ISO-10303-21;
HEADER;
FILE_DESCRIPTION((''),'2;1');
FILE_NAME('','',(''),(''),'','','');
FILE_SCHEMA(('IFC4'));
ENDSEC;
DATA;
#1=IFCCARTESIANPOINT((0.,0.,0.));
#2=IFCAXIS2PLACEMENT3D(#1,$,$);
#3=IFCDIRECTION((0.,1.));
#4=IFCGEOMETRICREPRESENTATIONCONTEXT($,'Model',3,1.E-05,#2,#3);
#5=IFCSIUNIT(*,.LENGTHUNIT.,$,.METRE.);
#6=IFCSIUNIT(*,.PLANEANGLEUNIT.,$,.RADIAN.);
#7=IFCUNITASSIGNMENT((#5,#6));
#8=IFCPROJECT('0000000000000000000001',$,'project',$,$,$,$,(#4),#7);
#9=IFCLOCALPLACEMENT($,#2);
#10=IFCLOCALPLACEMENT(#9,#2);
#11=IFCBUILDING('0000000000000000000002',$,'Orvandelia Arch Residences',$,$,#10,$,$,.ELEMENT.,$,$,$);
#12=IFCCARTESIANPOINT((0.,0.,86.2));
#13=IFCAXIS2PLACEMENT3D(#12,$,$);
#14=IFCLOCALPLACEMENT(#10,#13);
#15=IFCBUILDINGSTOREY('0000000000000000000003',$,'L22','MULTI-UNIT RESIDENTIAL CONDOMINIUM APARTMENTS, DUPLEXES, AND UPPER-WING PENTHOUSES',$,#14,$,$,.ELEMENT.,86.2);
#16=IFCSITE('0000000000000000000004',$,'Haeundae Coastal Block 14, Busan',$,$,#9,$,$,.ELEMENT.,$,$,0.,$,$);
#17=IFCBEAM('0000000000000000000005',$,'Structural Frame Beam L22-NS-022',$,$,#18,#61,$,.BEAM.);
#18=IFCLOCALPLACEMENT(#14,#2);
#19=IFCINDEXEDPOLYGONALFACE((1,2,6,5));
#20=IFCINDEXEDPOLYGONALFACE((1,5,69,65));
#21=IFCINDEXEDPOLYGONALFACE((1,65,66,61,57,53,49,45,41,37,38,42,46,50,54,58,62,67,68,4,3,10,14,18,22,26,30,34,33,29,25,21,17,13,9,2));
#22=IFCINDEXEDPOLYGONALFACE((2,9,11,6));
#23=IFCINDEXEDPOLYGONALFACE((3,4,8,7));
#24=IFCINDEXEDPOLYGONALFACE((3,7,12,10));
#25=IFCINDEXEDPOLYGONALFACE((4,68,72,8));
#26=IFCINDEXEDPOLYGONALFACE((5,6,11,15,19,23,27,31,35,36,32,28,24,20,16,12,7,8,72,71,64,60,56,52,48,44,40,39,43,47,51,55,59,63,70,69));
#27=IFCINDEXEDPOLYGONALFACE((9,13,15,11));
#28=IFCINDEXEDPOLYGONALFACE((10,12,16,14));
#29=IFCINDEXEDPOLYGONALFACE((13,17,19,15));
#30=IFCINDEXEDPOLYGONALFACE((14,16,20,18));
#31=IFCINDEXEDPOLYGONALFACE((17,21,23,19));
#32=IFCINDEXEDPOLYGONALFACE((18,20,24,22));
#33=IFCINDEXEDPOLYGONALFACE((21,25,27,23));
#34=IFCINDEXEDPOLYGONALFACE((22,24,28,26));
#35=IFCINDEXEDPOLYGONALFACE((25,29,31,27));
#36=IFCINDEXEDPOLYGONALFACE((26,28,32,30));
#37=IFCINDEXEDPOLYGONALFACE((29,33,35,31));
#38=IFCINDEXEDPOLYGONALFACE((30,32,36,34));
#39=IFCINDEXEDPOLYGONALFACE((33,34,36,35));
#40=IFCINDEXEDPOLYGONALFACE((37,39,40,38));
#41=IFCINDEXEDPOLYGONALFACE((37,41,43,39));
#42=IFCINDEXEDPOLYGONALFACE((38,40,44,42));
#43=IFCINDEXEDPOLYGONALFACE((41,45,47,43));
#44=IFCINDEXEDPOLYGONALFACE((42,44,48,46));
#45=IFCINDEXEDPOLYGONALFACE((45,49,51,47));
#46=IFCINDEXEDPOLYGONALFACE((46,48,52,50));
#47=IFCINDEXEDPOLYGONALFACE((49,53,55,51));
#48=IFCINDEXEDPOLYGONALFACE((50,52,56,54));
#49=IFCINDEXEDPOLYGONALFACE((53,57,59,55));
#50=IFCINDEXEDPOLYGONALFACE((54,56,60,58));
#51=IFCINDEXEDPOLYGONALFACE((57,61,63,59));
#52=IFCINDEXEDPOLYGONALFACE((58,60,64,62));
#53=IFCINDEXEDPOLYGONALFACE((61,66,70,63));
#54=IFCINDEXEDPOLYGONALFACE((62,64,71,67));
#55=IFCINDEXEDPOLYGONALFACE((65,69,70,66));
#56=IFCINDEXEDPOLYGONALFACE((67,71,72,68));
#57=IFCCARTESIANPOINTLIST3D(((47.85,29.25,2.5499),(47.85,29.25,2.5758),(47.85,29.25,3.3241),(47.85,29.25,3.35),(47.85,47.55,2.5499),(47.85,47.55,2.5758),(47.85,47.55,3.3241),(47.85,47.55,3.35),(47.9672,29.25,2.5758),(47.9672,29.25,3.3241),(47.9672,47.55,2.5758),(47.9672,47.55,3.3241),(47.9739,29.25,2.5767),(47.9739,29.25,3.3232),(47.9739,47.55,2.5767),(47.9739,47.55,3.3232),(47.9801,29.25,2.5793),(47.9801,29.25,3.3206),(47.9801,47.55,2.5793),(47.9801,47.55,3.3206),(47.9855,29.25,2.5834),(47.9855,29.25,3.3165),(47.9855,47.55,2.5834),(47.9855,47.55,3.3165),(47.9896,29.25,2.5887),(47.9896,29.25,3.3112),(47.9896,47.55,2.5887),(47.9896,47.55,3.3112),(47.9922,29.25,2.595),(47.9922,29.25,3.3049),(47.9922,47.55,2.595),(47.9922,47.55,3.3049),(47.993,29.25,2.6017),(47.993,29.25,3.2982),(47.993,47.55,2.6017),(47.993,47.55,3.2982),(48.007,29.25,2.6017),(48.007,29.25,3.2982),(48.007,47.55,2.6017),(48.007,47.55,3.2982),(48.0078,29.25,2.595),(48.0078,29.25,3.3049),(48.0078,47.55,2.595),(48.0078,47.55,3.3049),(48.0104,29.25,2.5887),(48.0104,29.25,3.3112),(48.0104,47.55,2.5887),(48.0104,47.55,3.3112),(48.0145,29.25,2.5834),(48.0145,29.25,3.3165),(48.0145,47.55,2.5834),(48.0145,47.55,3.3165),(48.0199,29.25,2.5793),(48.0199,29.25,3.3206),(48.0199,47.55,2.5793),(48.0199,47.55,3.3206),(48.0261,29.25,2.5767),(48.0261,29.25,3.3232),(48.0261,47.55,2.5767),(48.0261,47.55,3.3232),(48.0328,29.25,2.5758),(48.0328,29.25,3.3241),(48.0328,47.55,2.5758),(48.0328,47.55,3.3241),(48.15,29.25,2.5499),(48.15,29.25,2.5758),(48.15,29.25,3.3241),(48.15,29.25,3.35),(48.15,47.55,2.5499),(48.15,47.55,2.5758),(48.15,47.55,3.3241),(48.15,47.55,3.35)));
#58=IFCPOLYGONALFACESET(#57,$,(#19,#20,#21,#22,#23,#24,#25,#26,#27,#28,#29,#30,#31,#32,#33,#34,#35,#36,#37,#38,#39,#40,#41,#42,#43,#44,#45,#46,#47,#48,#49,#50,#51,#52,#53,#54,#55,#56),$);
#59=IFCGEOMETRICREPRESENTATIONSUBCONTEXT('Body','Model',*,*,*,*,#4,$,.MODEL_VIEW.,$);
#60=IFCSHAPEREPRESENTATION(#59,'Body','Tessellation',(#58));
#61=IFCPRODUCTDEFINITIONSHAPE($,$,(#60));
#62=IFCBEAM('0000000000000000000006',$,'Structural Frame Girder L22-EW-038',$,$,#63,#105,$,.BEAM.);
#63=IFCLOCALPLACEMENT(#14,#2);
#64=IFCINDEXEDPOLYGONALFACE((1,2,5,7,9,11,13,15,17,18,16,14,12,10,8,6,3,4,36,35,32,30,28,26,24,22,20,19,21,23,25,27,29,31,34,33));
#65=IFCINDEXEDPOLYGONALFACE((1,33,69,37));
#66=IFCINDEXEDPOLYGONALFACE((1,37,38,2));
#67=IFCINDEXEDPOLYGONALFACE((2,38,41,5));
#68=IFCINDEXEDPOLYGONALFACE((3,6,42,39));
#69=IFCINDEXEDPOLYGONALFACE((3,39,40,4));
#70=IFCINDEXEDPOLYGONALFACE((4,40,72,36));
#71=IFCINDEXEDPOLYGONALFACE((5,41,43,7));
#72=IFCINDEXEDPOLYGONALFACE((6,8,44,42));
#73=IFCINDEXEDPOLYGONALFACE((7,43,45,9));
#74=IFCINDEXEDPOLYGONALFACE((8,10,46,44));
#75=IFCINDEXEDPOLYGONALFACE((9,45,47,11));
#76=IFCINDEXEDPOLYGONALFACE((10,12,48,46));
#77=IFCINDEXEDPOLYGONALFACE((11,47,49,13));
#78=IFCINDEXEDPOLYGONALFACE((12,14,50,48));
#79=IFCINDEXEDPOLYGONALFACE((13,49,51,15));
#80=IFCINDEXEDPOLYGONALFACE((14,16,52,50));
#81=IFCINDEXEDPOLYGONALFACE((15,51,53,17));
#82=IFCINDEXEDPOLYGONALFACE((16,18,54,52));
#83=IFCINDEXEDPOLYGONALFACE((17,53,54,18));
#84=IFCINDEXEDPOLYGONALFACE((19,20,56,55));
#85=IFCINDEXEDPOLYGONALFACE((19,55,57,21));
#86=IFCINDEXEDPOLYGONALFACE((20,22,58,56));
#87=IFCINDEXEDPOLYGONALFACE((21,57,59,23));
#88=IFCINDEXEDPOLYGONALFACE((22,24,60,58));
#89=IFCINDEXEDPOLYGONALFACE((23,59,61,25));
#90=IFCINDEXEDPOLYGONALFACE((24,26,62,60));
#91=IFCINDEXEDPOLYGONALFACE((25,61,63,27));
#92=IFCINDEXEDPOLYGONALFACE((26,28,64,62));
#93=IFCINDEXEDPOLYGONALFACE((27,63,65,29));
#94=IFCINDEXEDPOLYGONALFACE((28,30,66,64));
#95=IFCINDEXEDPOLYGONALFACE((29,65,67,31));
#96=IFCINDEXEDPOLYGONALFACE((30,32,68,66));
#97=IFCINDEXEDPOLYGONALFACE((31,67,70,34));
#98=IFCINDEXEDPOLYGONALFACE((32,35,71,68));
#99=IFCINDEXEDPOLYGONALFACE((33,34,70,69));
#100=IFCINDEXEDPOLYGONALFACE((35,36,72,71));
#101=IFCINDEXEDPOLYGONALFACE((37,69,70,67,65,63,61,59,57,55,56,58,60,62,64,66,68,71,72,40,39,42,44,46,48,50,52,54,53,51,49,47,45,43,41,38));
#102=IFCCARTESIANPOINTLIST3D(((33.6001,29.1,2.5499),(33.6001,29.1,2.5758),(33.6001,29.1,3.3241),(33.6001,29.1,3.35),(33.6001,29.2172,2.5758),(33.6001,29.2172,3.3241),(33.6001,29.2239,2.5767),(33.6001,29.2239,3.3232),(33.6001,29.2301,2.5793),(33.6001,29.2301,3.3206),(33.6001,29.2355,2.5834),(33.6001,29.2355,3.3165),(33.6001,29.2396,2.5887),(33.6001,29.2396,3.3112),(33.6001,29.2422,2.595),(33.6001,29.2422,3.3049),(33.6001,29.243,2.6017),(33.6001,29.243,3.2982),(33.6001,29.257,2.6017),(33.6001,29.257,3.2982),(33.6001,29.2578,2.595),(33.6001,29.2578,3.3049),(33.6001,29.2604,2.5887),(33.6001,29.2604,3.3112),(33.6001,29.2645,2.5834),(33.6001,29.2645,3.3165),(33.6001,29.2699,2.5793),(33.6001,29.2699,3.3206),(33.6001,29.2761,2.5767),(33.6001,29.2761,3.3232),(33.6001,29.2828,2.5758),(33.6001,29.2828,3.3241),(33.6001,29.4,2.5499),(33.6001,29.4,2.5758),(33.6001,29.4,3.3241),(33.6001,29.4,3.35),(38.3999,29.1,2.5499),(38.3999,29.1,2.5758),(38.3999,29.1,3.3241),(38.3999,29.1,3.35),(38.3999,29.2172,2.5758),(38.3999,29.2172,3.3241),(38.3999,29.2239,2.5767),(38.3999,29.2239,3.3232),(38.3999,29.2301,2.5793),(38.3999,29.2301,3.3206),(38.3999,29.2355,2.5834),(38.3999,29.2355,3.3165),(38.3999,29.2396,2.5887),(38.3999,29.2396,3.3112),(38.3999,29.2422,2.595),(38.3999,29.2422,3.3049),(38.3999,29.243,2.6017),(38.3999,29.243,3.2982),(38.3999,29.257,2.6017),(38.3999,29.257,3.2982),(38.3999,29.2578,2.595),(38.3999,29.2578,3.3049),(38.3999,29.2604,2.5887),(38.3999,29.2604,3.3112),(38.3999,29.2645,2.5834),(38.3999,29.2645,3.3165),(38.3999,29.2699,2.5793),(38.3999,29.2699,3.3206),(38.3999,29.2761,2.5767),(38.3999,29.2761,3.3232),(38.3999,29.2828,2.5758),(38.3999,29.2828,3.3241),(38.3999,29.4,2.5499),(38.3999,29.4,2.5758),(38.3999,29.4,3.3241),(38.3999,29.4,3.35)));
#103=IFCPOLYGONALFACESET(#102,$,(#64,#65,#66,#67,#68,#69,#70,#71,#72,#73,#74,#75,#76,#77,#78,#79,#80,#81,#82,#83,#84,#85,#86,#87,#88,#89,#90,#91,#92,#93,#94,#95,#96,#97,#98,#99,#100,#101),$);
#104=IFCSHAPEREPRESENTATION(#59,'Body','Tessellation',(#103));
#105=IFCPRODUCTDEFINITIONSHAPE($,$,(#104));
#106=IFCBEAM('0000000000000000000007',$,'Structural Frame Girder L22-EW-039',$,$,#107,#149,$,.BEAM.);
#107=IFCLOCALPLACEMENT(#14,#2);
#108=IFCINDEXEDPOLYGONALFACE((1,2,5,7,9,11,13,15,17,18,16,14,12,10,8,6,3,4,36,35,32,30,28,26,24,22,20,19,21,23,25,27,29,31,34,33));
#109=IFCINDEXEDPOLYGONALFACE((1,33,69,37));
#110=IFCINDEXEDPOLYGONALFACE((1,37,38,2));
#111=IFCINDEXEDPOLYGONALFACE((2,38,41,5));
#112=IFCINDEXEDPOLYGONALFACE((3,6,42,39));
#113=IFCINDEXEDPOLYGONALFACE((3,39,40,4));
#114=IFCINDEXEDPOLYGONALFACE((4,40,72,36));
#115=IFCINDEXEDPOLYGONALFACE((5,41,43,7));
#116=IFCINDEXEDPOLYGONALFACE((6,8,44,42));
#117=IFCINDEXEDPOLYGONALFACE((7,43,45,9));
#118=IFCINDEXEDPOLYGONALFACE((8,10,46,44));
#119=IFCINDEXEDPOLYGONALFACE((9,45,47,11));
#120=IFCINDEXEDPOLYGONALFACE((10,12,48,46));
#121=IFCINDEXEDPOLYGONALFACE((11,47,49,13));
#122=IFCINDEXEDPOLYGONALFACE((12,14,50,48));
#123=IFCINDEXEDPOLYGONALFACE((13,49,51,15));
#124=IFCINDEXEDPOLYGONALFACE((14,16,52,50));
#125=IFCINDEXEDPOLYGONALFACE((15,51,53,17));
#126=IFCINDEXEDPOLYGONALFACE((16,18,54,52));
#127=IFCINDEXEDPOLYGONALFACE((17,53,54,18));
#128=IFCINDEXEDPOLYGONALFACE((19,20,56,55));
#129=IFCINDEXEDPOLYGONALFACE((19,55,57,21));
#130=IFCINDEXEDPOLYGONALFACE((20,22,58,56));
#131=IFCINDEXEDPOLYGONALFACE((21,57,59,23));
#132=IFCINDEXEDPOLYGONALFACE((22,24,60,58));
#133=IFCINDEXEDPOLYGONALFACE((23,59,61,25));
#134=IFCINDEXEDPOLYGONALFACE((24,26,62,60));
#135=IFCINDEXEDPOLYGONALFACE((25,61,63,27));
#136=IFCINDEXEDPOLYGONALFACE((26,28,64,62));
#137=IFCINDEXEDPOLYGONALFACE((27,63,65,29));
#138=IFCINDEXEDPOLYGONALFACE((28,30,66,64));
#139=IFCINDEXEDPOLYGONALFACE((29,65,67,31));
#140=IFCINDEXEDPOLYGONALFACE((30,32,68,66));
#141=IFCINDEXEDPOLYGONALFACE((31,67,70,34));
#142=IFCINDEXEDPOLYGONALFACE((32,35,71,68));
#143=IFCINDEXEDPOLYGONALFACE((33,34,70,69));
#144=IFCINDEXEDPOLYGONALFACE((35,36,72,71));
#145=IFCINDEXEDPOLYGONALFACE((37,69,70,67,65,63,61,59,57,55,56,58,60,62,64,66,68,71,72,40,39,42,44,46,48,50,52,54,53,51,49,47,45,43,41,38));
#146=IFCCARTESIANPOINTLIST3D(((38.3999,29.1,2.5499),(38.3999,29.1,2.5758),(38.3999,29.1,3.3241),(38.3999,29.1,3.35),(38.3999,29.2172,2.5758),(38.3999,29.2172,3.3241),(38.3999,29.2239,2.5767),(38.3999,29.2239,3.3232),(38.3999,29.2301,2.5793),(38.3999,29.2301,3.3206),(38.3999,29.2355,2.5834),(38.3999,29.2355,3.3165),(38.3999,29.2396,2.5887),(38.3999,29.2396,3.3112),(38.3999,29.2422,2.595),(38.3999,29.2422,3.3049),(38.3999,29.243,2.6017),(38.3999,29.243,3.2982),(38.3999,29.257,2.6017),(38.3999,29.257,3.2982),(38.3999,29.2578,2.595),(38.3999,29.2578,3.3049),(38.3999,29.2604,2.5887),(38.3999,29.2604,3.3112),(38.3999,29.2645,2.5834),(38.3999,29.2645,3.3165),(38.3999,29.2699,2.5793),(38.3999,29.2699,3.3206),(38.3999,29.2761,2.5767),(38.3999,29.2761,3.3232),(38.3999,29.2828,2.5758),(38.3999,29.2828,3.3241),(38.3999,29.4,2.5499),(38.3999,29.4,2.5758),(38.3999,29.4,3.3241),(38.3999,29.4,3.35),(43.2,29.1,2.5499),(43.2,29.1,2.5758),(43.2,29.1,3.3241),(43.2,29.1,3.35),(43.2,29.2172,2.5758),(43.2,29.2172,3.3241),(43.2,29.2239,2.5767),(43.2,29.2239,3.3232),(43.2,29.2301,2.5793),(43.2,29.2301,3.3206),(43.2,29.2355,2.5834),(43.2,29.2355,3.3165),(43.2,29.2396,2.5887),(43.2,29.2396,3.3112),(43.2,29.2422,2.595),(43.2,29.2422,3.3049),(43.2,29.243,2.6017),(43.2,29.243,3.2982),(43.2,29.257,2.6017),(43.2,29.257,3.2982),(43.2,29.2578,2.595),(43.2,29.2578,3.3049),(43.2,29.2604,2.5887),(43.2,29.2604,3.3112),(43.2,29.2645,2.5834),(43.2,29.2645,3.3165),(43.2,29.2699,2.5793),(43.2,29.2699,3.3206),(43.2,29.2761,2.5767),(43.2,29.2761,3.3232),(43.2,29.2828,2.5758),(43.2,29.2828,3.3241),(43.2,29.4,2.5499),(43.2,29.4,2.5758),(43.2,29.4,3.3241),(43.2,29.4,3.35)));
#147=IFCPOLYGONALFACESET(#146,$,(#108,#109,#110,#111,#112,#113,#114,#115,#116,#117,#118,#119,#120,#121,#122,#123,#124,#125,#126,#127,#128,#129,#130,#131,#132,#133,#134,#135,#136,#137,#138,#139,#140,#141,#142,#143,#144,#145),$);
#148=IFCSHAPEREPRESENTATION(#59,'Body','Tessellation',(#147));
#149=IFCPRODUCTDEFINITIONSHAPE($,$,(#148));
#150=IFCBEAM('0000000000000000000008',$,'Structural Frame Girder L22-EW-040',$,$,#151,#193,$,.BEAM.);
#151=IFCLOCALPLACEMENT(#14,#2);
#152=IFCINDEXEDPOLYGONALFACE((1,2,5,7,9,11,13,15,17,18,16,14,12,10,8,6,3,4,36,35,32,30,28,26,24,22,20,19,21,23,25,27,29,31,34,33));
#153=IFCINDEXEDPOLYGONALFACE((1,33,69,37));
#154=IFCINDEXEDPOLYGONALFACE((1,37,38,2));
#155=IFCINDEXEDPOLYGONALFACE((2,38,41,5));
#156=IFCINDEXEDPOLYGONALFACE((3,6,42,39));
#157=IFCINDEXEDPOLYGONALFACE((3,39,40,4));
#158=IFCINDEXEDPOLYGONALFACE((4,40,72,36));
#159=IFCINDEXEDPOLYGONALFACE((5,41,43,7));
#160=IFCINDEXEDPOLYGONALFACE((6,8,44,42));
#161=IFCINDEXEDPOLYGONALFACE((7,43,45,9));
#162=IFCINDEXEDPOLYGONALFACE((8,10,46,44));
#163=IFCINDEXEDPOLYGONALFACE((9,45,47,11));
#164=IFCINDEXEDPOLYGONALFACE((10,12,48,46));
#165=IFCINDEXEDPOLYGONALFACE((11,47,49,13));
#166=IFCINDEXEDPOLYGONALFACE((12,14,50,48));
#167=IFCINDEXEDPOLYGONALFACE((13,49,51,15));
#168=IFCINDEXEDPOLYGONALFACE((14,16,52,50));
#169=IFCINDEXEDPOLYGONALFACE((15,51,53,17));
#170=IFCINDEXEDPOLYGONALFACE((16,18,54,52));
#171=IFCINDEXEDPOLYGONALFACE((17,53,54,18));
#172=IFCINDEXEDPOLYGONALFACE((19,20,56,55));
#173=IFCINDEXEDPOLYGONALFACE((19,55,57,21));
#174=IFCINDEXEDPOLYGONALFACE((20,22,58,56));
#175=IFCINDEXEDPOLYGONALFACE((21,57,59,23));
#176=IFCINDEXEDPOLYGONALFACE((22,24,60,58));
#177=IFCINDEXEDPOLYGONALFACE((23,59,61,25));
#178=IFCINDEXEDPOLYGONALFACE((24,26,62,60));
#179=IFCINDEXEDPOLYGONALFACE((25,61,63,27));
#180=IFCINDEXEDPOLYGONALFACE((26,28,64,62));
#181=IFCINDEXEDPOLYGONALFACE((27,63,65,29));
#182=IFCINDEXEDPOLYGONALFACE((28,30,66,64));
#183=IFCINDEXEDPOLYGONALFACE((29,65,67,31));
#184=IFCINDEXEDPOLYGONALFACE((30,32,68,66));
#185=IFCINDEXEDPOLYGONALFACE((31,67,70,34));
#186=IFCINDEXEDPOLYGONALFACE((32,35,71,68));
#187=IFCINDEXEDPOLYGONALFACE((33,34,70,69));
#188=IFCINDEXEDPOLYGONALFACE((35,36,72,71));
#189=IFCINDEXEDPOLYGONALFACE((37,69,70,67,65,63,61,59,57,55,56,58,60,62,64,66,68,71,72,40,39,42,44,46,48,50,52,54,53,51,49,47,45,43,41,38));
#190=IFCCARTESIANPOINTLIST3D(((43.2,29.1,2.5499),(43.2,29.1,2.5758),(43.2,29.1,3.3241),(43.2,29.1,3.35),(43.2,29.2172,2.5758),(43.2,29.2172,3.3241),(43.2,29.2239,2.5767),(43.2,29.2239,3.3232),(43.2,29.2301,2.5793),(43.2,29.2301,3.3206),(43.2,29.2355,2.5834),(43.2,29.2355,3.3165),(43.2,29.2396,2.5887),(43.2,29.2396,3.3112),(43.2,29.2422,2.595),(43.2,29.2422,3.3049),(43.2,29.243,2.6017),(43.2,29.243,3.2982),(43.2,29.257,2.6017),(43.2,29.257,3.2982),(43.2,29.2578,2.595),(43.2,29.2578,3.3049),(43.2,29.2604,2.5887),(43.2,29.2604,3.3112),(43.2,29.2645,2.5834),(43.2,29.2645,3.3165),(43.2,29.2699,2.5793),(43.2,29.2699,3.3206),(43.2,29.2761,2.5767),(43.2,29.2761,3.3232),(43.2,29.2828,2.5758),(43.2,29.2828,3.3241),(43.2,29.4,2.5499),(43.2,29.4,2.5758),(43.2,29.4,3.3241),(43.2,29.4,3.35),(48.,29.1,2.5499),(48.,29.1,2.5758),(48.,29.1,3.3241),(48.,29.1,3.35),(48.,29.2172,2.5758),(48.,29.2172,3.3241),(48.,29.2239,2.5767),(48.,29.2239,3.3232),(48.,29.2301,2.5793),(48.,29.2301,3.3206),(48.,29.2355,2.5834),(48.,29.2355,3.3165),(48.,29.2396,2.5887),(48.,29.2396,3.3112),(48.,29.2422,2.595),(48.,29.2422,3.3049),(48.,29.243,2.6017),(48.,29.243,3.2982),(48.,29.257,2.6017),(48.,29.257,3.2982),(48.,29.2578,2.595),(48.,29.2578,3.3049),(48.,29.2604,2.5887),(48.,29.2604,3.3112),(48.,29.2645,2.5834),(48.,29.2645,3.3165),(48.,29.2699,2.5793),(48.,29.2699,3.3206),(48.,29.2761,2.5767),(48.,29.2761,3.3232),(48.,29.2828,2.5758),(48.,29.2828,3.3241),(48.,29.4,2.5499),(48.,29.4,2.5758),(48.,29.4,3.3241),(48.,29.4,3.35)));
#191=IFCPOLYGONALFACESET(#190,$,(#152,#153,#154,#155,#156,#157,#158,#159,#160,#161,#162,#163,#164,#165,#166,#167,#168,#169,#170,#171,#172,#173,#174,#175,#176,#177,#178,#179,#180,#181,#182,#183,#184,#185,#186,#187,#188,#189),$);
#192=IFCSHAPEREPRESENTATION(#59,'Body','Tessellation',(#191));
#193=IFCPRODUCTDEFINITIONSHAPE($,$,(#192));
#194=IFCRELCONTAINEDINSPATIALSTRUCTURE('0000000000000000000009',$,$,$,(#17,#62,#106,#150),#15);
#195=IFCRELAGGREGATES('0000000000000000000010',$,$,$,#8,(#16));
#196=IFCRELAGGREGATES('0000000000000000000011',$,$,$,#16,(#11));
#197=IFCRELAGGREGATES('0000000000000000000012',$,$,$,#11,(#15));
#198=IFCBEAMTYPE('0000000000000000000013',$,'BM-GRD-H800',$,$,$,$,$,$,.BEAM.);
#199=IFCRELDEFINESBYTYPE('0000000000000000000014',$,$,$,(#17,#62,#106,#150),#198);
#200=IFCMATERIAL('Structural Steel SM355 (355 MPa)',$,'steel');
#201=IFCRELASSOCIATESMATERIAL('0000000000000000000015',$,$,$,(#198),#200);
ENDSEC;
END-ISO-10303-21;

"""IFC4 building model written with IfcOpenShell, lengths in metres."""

from ifc_helpers import new_model, si_unit, direction, frame, origin, origin_2d, place, context, subcontext, project, spatial, i_section, extrude, material, material_profile, profile_set, type_object, element, save


model = new_model("IFC4")

# Units and contexts
model_context = context("Model", 3, precision=1e-05, world=origin(), true_north=direction((0.0, 1.0)))
body_context = subcontext(model_context, "Body", "Model", "MODEL_VIEW")
ifc_project = project(units=[si_unit("LENGTHUNIT", "METRE"), si_unit("PLANEANGLEUNIT", "RADIAN")], contexts=[model_context])

# Site, building, storey
site_placement = place(None, origin())
site = spatial("IfcSite", under=ifc_project, at=site_placement, Name="Haeundae Coastal Block 14, Busan", CompositionType="ELEMENT", RefElevation=0.0)
building_placement = place(site_placement, origin())
building = spatial("IfcBuilding", under=site, at=building_placement, Name="Orvandelia Arch Residences", CompositionType="ELEMENT")
storey_placement = place(building_placement, frame((0.0, 0.0, 86.2)))
storey = spatial("IfcBuildingStorey", under=building, at=storey_placement, Name="L22", Description="MULTI-UNIT RESIDENTIAL CONDOMINIUM APARTMENTS, DUPLEXES, AND UPPER-WING PENTHOUSES", CompositionType="ELEMENT", Elevation=86.2)

# Beams
ifc_material_1 = material(Name="Structural Steel SM355 (355 MPa)", Category="steel")
ifc_material_profile_1 = material_profile(ifc_material_1, i_section(OverallWidth=0.3, OverallDepth=0.8, WebThickness=0.0139, FlangeThickness=0.0259, FilletRadius=0.0259, at=origin_2d()), Name="Structural Steel SM355 (355 MPa)", Category="steel")
ifc_profile_set_1 = profile_set([ifc_material_profile_1], Name="Structural Steel SM355 (355 MPa)")
beam_type = type_object("IfcBeamType", Name="BM-GRD-H800", PredefinedType="BEAM", material=ifc_profile_set_1)
for number, where, z_axis, x_axis, name in (
    (1, (48.0, 29.25, 2.95), (0.0, 1.0, 0.0), (-1.0, 0.0, 0.0), "Structural Frame Beam L22-NS-022"),
):
    element("IfcBeam", number, at=place(storey_placement, frame(where, z_axis=z_axis, x_axis=x_axis)), inside=storey, type_object=beam_type, Name=name, PredefinedType="BEAM", context=body_context, shape_type="SweptSolid", body=[
        extrude(i_section(OverallWidth=0.3, OverallDepth=0.8, WebThickness=0.0139, FlangeThickness=0.0259, FilletRadius=0.0259, at=origin_2d()), origin(), (0.0, 0.0, 1.0), 18.3),
    ])
beam_1_placement = place(storey_placement, frame((33.6001, 29.25, 2.95), z_axis=(1.0, 0.0, 0.0), x_axis=(0.0, 1.0, 0.0)))
element("IfcBeam", 2, at=beam_1_placement, inside=storey, type_object=beam_type, Name="Structural Frame Girder L22-EW-038", PredefinedType="BEAM", context=body_context, shape_type="SweptSolid", body=[
    extrude(i_section(OverallWidth=0.3, OverallDepth=0.8, WebThickness=0.0139, FlangeThickness=0.0259, FilletRadius=0.0259, at=origin_2d()), origin(), (0.0, 0.0, 1.0), 4.7998),
])
for number, where, z_axis, x_axis, name in (
    (3, (38.3999, 29.25, 2.95), (1.0, 0.0, 0.0), (0.0, 1.0, 0.0), "Structural Frame Girder L22-EW-039"),
    (4, (43.2, 29.25, 2.95), (1.0, 0.0, 0.0), (0.0, 1.0, 0.0), "Structural Frame Girder L22-EW-040"),
):
    element("IfcBeam", number, at=place(storey_placement, frame(where, z_axis=z_axis, x_axis=x_axis)), inside=storey, type_object=beam_type, Name=name, PredefinedType="BEAM", context=body_context, shape_type="SweptSolid", body=[
        extrude(i_section(OverallWidth=0.3, OverallDepth=0.8, WebThickness=0.0139, FlangeThickness=0.0259, FilletRadius=0.0259, at=origin_2d()), origin(), (0.0, 0.0, 1.0), 4.8),
    ])

save(model, "model.ifc")
